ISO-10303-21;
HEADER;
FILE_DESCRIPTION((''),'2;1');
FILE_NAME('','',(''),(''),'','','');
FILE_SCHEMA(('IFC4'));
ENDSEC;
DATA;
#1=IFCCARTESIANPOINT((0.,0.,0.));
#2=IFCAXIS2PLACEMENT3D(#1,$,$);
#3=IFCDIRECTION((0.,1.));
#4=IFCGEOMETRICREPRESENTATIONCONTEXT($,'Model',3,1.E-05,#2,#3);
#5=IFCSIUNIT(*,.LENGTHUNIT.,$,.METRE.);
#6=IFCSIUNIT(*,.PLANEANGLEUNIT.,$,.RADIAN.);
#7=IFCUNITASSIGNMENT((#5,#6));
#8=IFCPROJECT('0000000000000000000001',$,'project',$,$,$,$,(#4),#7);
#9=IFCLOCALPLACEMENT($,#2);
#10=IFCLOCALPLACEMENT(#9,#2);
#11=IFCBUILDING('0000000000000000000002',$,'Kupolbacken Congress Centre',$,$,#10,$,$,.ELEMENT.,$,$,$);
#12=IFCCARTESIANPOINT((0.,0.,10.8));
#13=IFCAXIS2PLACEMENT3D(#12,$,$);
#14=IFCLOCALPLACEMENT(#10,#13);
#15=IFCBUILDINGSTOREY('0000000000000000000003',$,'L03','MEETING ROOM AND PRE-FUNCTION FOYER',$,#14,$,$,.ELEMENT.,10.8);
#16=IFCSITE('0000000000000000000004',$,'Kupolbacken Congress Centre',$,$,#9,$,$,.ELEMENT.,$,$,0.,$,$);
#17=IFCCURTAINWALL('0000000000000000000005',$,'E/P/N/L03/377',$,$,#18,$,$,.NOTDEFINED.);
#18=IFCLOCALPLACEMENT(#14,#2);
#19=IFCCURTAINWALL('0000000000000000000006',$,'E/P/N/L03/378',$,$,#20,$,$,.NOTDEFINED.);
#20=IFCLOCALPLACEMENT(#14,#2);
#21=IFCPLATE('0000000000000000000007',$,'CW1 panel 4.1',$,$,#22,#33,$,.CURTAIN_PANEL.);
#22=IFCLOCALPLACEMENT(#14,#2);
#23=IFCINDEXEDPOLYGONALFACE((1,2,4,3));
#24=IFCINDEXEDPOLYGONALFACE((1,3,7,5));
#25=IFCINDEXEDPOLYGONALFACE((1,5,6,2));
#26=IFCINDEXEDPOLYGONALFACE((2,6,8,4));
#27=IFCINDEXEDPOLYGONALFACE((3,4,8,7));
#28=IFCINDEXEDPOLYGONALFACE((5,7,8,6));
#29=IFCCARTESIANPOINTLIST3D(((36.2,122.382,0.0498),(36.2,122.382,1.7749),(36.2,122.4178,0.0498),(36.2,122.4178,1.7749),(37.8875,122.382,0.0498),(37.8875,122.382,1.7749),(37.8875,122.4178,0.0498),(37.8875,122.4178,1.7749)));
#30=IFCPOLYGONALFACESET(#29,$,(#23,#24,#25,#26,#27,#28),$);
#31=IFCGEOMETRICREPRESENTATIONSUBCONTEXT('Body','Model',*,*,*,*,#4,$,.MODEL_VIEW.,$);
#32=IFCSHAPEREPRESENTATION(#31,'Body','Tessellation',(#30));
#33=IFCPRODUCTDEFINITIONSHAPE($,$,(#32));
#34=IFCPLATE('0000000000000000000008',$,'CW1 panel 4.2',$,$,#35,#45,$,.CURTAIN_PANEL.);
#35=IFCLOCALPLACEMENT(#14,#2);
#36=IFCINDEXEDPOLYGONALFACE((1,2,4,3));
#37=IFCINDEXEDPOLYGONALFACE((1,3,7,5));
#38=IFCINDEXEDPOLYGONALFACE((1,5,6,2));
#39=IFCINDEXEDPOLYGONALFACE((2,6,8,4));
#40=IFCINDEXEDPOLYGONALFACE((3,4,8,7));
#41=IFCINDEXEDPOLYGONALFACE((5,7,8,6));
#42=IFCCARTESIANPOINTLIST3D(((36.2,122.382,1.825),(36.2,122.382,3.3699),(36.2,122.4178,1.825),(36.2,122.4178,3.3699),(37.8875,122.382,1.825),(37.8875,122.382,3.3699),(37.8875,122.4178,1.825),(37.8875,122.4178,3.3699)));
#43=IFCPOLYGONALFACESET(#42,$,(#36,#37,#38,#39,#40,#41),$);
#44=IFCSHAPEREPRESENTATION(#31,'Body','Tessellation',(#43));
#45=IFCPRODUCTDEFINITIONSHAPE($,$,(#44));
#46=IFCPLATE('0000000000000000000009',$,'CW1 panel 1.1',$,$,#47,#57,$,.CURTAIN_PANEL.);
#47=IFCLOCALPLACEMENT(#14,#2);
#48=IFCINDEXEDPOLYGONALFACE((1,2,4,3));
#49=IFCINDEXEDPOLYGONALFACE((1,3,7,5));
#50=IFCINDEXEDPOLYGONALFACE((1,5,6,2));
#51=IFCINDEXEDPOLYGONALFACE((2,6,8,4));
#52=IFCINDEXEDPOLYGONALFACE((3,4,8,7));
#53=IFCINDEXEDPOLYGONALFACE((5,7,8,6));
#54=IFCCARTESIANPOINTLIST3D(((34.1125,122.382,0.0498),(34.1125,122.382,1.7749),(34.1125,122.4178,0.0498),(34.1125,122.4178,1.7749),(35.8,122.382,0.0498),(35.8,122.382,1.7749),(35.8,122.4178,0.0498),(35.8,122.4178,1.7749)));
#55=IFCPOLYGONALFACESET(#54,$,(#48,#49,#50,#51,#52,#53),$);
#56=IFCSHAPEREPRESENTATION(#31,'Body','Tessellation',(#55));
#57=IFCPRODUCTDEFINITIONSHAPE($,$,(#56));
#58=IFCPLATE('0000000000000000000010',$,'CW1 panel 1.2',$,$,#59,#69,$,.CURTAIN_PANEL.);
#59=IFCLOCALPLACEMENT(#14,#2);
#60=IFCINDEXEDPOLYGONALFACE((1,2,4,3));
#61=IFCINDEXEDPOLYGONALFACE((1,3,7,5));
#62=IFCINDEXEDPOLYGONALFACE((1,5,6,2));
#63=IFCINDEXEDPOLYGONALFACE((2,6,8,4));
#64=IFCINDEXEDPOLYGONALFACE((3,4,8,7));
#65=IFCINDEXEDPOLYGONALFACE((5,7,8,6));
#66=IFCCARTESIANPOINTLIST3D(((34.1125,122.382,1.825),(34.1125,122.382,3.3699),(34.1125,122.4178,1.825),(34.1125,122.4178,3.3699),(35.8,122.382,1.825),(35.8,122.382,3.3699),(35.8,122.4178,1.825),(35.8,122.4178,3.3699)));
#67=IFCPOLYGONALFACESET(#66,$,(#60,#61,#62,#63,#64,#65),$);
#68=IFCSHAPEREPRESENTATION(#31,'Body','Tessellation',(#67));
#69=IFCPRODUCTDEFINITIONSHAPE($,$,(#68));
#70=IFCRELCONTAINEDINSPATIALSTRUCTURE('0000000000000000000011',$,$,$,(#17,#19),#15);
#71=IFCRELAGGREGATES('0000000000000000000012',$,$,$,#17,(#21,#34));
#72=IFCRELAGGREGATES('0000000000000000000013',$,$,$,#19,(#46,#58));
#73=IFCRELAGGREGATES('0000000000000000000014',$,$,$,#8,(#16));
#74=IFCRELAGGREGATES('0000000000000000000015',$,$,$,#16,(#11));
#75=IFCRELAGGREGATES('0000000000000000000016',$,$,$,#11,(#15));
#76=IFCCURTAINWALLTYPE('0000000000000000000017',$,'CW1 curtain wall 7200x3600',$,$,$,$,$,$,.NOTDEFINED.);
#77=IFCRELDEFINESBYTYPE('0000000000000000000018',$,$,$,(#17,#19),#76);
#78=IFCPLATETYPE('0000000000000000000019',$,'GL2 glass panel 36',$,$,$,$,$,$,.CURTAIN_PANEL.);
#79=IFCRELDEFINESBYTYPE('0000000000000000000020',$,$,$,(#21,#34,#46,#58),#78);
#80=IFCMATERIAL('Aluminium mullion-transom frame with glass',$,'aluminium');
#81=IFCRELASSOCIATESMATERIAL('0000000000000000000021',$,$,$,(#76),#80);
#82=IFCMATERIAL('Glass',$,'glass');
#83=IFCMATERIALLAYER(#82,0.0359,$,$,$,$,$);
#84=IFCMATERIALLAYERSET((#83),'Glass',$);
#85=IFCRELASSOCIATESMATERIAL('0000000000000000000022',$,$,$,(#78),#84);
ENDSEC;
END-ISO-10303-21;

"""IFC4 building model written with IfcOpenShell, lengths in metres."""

from ifc_helpers import new_model, si_unit, direction, frame, origin, origin_2d, place, context, subcontext, project, spatial, rectangle, extrude, material, layer, layer_set, type_object, element, aggregate, save


model = new_model("IFC4")

# Units and contexts
model_context = context("Model", 3, precision=1e-05, world=origin(), true_north=direction((0.0, 1.0)))
body_context = subcontext(model_context, "Body", "Model", "MODEL_VIEW")
ifc_project = project(units=[si_unit("LENGTHUNIT", "METRE"), si_unit("PLANEANGLEUNIT", "RADIAN")], contexts=[model_context])

# Site, building, storey
site_placement = place(None, origin())
site = spatial("IfcSite", under=ifc_project, at=site_placement, Name="Kupolbacken Congress Centre", CompositionType="ELEMENT", RefElevation=0.0)
building_placement = place(site_placement, origin())
building = spatial("IfcBuilding", under=site, at=building_placement, Name="Kupolbacken Congress Centre", CompositionType="ELEMENT")
storey_placement = place(building_placement, frame((0.0, 0.0, 10.8)))
storey = spatial("IfcBuildingStorey", under=building, at=storey_placement, Name="L03", Description="MEETING ROOM AND PRE-FUNCTION FOYER", CompositionType="ELEMENT", Elevation=10.8)

# Curtain wall
ifc_material_1 = material(Name="Aluminium mullion-transom frame with glass", Category="aluminium")
curtain_wall_type = type_object("IfcCurtainWallType", Name="CW1 curtain wall 7200x3600", PredefinedType="NOTDEFINED", material=ifc_material_1)
curtain_wall_1_placement = place(storey_placement, origin())
curtain_wall_1 = element("IfcCurtainWall", 1, at=curtain_wall_1_placement, inside=storey, type_object=curtain_wall_type, Name="E/P/N/L03/377", PredefinedType="NOTDEFINED")

# Curtain wall
curtain_wall_2_placement = place(storey_placement, origin())
curtain_wall_2 = element("IfcCurtainWall", 2, at=curtain_wall_2_placement, inside=storey, type_object=curtain_wall_type, Name="E/P/N/L03/378", PredefinedType="NOTDEFINED")

# Plates
ifc_material_2 = material(Name="Glass", Category="glass")
ifc_layer = layer(ifc_material_2, 0.0359)
ifc_layer_set = layer_set([ifc_layer], Name="Glass")
plate_type = type_object("IfcPlateType", Name="GL2 glass panel 36", PredefinedType="CURTAIN_PANEL", material=ifc_layer_set)
plate_1_placement = place(storey_placement, frame((37.0437, 122.3999, 0.0498), z_axis=(0.0, 0.0, 1.0), x_axis=(-1.0, 0.0, 0.0)))
plate_1 = element("IfcPlate", 3, at=plate_1_placement, type_object=plate_type, Name="CW1 panel 4.1", PredefinedType="CURTAIN_PANEL", context=body_context, shape_type="SweptSolid", body=[
    extrude(rectangle(XDim=1.6875, YDim=0.0359, at=origin_2d()), origin(), (0.0, 0.0, 1.0), 1.7251),
])
plate_2_placement = place(storey_placement, frame((37.0437, 122.3999, 1.825), z_axis=(0.0, 0.0, 1.0), x_axis=(-1.0, 0.0, 0.0)))
plate_2 = element("IfcPlate", 4, at=plate_2_placement, type_object=plate_type, Name="CW1 panel 4.2", PredefinedType="CURTAIN_PANEL", context=body_context, shape_type="SweptSolid", body=[
    extrude(rectangle(XDim=1.6875, YDim=0.0359, at=origin_2d()), origin(), (0.0, 0.0, 1.0), 1.5449),
])
aggregate(curtain_wall_1, [plate_1, plate_2])
plate_3_placement = place(storey_placement, frame((34.9563, 122.3999, 0.0498), z_axis=(0.0, 0.0, 1.0), x_axis=(-1.0, 0.0, 0.0)))
plate_3 = element("IfcPlate", 5, at=plate_3_placement, type_object=plate_type, Name="CW1 panel 1.1", PredefinedType="CURTAIN_PANEL", context=body_context, shape_type="SweptSolid", body=[
    extrude(rectangle(XDim=1.6875, YDim=0.0359, at=origin_2d()), origin(), (0.0, 0.0, 1.0), 1.7251),
])
plate_4_placement = place(storey_placement, frame((34.9563, 122.3999, 1.825), z_axis=(0.0, 0.0, 1.0), x_axis=(-1.0, 0.0, 0.0)))
plate_4 = element("IfcPlate", 6, at=plate_4_placement, type_object=plate_type, Name="CW1 panel 1.2", PredefinedType="CURTAIN_PANEL", context=body_context, shape_type="SweptSolid", body=[
    extrude(rectangle(XDim=1.6875, YDim=0.0359, at=origin_2d()), origin(), (0.0, 0.0, 1.0), 1.5449),
])
aggregate(curtain_wall_2, [plate_3, plate_4])

save(model, "model.ifc")
